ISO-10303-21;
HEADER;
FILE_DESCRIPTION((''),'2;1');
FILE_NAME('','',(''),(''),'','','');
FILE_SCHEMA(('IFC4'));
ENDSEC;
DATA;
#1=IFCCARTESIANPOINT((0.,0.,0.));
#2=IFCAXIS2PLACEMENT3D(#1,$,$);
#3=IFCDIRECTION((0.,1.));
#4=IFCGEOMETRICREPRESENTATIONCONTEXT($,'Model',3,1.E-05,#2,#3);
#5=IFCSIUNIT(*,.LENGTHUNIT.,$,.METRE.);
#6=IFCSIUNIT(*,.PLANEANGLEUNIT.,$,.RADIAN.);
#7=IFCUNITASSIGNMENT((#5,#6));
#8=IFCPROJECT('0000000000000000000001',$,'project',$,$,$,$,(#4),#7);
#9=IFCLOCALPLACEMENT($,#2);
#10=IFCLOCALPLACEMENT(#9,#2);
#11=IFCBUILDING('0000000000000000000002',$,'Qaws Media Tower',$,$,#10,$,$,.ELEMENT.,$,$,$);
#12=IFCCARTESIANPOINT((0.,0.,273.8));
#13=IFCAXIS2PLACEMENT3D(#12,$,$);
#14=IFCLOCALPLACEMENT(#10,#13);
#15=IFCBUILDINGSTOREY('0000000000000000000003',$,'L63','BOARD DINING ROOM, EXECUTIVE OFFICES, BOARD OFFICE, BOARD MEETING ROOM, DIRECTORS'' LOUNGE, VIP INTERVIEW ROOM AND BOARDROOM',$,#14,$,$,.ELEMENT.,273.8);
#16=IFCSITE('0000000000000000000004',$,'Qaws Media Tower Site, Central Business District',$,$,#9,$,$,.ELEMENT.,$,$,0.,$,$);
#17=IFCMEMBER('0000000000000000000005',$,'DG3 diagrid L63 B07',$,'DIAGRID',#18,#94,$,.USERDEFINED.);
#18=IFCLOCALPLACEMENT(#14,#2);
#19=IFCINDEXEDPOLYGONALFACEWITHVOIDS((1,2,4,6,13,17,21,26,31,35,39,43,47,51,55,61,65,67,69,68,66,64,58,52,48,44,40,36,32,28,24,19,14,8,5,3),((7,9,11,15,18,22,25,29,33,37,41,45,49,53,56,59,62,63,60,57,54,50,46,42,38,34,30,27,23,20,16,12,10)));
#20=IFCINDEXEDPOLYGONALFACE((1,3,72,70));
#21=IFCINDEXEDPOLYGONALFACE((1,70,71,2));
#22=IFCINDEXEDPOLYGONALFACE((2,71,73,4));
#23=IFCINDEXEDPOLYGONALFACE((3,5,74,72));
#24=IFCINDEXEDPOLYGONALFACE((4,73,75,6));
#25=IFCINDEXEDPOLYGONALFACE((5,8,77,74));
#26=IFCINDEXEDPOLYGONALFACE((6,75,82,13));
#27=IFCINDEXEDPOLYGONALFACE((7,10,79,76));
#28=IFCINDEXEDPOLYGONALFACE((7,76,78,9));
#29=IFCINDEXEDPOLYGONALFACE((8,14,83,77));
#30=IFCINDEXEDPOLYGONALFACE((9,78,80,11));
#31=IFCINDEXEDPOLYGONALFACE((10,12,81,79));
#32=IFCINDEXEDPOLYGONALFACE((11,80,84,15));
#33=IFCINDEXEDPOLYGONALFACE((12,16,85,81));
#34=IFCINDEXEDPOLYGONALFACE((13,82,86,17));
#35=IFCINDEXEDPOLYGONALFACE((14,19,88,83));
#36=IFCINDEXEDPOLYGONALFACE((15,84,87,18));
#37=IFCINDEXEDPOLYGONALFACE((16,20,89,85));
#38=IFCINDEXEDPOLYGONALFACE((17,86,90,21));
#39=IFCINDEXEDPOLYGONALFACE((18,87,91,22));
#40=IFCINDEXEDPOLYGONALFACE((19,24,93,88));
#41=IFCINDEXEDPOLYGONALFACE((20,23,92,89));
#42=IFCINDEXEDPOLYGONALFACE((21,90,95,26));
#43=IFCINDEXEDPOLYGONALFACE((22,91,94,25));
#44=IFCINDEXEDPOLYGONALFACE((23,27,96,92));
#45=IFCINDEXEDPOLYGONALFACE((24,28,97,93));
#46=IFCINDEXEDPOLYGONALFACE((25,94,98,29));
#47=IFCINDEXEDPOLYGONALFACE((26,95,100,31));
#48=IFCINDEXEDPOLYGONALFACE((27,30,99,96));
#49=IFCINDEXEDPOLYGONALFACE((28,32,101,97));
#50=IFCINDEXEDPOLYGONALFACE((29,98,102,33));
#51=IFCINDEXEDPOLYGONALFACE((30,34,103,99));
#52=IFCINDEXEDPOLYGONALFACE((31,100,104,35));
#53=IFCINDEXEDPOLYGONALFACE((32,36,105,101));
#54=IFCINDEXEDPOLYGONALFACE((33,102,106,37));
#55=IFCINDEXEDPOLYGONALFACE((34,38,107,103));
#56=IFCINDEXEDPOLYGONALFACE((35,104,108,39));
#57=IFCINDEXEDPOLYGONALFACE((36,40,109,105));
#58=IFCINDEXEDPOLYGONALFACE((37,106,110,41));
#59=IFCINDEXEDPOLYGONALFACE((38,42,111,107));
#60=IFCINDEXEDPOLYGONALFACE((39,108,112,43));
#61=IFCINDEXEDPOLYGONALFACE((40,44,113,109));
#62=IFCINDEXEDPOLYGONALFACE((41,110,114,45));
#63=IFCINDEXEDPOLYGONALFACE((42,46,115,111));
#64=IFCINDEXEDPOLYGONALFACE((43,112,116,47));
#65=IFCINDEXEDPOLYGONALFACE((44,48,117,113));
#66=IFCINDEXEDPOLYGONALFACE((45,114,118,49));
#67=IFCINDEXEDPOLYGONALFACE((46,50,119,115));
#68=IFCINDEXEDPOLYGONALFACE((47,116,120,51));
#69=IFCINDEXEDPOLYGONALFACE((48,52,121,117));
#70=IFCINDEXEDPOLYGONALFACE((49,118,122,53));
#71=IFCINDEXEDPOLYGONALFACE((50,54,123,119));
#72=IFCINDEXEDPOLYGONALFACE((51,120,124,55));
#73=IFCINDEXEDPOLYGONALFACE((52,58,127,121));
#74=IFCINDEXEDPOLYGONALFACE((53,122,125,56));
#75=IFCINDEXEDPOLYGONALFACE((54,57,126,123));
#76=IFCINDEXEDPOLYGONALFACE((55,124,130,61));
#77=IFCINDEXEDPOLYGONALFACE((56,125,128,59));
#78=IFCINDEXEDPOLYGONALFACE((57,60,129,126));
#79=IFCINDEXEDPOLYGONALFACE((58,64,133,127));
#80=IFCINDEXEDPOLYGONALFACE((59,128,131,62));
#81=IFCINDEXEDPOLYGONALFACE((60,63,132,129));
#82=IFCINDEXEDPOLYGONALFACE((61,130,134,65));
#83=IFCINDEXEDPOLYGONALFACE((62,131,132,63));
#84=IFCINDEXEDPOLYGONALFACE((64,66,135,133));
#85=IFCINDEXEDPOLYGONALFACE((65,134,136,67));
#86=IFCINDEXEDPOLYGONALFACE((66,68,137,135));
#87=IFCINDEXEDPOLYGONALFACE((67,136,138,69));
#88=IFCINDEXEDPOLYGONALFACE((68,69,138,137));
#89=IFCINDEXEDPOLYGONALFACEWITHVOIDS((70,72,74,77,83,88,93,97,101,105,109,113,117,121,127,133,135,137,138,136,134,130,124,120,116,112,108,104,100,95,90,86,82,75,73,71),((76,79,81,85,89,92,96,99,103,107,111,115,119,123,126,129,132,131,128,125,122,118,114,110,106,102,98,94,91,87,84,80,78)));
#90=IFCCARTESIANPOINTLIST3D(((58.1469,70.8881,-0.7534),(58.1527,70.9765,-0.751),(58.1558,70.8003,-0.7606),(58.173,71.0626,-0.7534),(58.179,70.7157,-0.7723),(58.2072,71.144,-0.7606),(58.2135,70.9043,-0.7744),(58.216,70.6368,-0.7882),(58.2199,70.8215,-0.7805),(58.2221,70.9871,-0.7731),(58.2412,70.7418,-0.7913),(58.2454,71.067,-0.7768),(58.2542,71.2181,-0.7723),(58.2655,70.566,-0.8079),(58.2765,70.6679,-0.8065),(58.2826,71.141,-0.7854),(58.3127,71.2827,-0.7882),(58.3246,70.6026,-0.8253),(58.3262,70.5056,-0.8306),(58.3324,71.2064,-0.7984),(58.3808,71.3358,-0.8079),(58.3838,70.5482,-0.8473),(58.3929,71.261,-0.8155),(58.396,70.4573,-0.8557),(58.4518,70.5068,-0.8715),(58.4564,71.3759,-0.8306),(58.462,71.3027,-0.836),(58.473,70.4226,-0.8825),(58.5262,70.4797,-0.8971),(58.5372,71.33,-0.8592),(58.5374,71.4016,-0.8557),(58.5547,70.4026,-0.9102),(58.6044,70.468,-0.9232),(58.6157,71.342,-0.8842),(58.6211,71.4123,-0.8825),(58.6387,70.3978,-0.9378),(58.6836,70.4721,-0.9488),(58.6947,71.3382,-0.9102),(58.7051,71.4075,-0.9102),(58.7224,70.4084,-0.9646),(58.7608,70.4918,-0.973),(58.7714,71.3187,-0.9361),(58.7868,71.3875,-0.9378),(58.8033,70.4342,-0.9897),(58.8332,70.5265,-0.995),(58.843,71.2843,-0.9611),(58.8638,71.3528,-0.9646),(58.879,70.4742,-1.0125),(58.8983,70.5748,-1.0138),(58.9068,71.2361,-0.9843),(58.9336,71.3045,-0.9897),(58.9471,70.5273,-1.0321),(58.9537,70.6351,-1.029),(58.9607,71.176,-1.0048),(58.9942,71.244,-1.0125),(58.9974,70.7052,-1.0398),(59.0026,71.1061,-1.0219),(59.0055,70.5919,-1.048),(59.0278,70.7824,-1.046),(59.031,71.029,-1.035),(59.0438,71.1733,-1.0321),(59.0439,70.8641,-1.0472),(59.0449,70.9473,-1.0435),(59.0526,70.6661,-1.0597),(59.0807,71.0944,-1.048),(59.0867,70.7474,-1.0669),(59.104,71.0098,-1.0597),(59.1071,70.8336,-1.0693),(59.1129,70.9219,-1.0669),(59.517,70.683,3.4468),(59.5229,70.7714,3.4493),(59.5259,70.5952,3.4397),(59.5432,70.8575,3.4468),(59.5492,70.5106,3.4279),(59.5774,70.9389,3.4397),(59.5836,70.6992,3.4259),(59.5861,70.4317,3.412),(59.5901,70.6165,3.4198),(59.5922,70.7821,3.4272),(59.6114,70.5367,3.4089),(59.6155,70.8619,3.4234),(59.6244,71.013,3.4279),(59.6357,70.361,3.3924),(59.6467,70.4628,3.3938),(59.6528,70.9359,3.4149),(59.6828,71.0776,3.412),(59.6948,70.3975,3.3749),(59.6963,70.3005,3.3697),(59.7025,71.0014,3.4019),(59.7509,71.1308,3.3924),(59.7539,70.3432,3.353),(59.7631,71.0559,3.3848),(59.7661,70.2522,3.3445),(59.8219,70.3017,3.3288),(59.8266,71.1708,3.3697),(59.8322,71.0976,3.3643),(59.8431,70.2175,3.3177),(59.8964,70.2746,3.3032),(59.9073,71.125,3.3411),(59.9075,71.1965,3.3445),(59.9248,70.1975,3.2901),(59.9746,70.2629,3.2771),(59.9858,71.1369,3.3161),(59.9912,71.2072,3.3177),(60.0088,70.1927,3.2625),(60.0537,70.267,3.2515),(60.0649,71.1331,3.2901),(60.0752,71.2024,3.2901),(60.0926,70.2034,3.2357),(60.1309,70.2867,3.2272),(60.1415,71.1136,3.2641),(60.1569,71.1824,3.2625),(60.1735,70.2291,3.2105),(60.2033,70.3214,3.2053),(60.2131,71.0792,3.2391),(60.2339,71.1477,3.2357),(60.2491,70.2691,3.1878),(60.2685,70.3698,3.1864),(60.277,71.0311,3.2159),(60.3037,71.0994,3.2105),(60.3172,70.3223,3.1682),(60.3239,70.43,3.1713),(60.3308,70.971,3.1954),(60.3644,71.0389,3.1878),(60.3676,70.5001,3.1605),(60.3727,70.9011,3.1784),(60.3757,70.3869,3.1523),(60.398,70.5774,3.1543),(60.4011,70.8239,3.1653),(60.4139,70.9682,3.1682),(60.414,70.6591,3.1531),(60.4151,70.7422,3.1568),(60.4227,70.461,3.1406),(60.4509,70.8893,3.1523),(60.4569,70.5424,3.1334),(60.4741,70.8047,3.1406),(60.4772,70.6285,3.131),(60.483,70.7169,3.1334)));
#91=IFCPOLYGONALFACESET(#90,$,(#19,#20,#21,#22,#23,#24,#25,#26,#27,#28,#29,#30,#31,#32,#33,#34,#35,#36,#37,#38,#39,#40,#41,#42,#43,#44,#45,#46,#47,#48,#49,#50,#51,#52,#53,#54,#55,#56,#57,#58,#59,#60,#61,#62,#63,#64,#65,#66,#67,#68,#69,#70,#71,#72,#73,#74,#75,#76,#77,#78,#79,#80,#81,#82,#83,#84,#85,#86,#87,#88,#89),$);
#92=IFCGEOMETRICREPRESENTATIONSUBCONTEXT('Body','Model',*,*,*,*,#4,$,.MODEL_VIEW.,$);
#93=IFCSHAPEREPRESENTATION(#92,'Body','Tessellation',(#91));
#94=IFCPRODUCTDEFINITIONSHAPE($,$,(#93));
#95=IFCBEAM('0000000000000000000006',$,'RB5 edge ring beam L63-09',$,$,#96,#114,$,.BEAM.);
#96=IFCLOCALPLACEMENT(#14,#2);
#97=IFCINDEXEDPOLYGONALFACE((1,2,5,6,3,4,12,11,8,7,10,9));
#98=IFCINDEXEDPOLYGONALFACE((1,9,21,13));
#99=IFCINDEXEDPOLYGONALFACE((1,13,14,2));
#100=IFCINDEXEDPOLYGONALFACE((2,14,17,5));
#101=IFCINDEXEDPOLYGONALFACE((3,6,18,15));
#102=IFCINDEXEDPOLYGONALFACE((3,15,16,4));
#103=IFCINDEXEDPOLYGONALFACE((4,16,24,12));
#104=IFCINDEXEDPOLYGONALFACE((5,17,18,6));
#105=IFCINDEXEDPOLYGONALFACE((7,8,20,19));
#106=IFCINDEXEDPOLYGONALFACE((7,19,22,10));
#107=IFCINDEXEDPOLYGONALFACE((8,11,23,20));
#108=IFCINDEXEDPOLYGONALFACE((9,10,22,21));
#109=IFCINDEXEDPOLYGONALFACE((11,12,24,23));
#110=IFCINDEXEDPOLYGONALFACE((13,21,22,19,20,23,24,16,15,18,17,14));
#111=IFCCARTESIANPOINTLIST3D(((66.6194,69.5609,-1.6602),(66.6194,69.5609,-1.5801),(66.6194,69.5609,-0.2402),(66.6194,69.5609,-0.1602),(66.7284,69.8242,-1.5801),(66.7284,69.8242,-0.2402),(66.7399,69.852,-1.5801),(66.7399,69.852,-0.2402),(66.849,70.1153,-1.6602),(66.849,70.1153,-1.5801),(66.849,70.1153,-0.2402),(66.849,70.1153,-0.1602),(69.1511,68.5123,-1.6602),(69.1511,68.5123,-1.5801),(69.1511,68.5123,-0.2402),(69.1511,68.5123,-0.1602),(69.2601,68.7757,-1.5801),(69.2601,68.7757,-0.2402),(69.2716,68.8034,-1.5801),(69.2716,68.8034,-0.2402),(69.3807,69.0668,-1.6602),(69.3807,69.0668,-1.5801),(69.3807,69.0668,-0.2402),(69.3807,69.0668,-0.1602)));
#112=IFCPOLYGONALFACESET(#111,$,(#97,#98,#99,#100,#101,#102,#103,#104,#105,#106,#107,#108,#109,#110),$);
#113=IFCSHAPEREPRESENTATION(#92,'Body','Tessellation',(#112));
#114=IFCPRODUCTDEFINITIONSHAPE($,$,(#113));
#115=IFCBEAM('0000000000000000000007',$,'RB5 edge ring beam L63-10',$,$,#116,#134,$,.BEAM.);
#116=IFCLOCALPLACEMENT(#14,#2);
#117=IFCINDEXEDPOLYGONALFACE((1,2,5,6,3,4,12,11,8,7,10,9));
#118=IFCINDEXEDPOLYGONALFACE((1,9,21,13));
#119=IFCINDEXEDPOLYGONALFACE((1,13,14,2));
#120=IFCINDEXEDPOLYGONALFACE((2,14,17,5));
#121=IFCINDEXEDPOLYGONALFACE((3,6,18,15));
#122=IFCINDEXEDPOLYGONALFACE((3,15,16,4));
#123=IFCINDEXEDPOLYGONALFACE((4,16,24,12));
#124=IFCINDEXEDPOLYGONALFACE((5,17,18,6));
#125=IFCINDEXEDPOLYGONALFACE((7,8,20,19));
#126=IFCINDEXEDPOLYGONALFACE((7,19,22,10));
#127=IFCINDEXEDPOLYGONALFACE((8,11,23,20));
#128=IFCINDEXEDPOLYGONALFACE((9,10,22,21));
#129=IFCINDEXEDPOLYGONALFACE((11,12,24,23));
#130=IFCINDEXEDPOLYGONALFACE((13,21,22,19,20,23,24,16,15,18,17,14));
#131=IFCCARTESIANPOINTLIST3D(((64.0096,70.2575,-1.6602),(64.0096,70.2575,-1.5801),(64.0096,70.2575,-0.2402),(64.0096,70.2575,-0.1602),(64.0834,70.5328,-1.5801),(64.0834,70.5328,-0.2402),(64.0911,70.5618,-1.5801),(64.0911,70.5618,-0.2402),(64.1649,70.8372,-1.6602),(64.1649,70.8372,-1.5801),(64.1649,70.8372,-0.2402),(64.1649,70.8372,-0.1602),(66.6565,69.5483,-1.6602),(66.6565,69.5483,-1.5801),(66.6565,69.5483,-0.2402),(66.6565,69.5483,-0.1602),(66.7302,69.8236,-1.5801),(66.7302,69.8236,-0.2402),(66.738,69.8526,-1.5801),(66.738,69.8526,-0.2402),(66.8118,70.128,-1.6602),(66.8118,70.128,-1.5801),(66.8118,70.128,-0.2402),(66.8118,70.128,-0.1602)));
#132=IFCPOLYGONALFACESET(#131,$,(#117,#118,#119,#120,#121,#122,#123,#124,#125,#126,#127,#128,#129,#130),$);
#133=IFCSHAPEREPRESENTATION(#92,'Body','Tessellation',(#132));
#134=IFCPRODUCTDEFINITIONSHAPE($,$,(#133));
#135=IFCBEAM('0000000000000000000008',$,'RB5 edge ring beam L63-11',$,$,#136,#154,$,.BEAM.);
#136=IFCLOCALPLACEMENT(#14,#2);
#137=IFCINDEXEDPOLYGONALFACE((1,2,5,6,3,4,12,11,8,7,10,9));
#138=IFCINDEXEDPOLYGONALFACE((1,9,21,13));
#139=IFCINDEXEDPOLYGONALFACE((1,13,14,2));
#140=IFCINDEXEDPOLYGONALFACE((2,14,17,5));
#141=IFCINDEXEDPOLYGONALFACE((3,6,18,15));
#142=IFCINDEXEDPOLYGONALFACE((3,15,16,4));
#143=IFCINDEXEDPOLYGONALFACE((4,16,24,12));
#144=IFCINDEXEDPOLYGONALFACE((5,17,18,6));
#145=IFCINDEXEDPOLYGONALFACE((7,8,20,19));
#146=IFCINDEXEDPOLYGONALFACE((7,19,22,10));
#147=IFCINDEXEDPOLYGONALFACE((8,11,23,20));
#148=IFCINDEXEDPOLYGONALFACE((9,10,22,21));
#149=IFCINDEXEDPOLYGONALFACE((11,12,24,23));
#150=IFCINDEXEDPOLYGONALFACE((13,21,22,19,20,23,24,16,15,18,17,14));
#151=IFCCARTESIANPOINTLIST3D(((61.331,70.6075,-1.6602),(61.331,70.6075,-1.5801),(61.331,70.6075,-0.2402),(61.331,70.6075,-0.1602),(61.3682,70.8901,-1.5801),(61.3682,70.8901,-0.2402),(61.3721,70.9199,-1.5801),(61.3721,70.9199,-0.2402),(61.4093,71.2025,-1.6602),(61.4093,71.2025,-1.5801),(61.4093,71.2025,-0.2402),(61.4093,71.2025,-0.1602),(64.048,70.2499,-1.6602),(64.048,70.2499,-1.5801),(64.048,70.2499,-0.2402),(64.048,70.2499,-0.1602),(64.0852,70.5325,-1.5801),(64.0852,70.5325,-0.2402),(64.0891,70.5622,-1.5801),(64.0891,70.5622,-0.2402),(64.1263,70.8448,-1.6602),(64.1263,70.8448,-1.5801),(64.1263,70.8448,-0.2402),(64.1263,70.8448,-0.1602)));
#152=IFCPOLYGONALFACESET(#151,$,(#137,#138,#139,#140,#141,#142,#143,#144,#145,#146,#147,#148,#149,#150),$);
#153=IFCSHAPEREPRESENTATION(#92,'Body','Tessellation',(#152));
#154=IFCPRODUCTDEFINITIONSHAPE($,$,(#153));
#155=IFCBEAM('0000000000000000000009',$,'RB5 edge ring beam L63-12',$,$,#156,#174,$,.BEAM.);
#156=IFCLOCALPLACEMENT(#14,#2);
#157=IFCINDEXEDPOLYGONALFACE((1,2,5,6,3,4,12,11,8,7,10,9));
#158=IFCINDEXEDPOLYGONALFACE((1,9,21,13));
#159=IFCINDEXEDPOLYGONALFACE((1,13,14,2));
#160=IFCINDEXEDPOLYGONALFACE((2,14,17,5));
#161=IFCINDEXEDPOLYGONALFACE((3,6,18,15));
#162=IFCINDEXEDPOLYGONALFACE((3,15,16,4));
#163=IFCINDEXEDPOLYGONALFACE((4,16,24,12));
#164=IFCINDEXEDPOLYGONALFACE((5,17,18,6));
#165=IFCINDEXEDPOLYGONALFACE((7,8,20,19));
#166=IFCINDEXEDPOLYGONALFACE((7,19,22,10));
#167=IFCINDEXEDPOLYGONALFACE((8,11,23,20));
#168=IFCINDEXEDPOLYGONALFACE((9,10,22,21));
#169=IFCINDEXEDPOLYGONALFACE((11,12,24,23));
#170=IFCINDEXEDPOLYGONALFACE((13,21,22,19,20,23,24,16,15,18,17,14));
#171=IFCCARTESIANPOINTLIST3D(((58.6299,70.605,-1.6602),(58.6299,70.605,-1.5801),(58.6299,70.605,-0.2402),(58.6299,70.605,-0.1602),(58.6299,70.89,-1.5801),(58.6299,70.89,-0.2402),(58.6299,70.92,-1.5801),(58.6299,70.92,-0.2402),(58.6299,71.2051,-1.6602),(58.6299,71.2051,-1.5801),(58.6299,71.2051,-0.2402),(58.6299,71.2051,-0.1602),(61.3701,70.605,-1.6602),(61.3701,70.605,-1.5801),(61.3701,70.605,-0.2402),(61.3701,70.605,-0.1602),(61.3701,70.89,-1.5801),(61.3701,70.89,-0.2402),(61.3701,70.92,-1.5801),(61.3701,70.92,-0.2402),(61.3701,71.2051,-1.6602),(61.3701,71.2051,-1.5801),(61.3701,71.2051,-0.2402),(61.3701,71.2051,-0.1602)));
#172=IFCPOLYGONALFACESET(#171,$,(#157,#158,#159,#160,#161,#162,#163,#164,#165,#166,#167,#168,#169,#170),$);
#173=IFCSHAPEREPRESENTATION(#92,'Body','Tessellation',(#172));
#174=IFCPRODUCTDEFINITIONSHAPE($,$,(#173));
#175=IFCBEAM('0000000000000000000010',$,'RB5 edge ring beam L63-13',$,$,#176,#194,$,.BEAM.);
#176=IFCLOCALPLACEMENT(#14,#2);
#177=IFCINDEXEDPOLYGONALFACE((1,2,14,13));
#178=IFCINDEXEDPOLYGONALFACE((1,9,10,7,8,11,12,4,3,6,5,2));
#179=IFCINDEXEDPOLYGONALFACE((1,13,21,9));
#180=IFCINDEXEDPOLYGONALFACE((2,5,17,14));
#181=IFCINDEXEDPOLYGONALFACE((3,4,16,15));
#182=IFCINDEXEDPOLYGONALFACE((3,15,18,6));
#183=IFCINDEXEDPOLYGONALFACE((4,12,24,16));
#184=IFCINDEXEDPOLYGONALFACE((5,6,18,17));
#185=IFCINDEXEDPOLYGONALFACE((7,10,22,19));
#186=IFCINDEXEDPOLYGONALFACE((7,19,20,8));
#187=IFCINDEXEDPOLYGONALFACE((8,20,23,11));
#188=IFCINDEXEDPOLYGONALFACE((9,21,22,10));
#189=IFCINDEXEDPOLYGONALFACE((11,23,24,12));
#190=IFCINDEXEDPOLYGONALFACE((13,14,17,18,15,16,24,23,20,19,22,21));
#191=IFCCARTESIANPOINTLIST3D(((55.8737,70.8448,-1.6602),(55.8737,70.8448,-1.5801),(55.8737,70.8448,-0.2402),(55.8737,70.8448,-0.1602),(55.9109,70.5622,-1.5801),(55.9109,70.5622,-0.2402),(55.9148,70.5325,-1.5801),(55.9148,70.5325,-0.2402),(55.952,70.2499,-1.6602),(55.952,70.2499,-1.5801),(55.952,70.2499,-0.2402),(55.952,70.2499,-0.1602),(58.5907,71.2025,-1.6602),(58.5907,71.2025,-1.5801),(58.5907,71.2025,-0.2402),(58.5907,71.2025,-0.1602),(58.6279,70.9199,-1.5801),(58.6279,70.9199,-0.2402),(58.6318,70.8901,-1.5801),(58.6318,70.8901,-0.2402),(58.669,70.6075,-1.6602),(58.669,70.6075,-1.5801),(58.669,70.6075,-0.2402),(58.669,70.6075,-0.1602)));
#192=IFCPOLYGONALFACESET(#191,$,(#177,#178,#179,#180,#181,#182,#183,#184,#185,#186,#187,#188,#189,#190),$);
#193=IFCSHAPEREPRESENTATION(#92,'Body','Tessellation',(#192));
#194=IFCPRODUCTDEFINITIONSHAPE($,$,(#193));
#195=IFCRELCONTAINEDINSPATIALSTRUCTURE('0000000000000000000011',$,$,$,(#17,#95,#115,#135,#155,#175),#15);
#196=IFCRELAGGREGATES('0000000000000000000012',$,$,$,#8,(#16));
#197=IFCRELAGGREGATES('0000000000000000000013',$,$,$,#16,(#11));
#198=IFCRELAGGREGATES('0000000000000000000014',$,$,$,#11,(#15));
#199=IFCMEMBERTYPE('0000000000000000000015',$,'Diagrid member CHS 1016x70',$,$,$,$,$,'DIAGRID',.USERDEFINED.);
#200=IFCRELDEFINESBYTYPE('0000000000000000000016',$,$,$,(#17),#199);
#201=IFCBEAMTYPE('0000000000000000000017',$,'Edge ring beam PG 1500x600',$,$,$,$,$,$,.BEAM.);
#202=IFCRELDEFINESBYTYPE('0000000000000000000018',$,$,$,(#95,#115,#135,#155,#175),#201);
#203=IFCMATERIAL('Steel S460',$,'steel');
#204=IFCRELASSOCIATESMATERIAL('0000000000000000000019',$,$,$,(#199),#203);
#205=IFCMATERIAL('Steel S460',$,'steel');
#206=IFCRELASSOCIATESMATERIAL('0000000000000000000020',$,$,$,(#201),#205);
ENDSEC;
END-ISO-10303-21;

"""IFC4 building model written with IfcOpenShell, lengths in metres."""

from ifc_helpers import new_model, si_unit, direction, frame, origin, origin_2d, place, context, subcontext, project, spatial, hollow_circle, i_section, extrude, material, material_profile, profile_set, type_object, element, save


model = new_model("IFC4")

# Units and contexts
model_context = context("Model", 3, precision=1e-05, world=origin(), true_north=direction((0.0, 1.0)))
body_context = subcontext(model_context, "Body", "Model", "MODEL_VIEW")
ifc_project = project(units=[si_unit("LENGTHUNIT", "METRE"), si_unit("PLANEANGLEUNIT", "RADIAN")], contexts=[model_context])

# Site, building, storey
site_placement = place(None, origin())
site = spatial("IfcSite", under=ifc_project, at=site_placement, Name="Qaws Media Tower Site, Central Business District", CompositionType="ELEMENT", RefElevation=0.0)
building_placement = place(site_placement, origin())
building = spatial("IfcBuilding", under=site, at=building_placement, Name="Qaws Media Tower", CompositionType="ELEMENT")
storey_placement = place(building_placement, frame((0.0, 0.0, 273.8)))
storey = spatial("IfcBuildingStorey", under=building, at=storey_placement, Name="L63", Description="BOARD DINING ROOM, EXECUTIVE OFFICES, BOARD OFFICE, BOARD MEETING ROOM, DIRECTORS' LOUNGE, VIP INTERVIEW ROOM AND BOARDROOM", CompositionType="ELEMENT", Elevation=273.8)

# Member
ifc_material_1 = material(Name="Steel S460", Category="steel")
ifc_material_profile_1 = material_profile(ifc_material_1, hollow_circle(Radius=0.5081, WallThickness=0.0701, at=origin_2d()), Name="CHS 1016x70")
ifc_profile_set_1 = profile_set([ifc_material_profile_1], Name="Steel S460")
member_type_1 = type_object("IfcMemberType", Name="Diagrid member CHS 1016x70", ElementType="DIAGRID", PredefinedType="USERDEFINED", material=ifc_profile_set_1)
for number, where, z_axis, x_axis, name in (
    (1, (58.6299, 70.905, -0.9102), (0.309787, -0.046369, 0.949675), (0.14803, 0.988983, 0.0), "DG3 diagrid L63 B07"),
):
    element("IfcMember", number, at=place(storey_placement, frame(where, z_axis=z_axis, x_axis=x_axis)), inside=storey, type_object=member_type_1, Name=name, ObjectType="DIAGRID", PredefinedType="USERDEFINED", context=body_context, shape_type="SweptSolid", body=[
        extrude(hollow_circle(Radius=0.5081, WallThickness=0.0701, at=origin_2d()), origin(), (0.0, 0.0, 1.0), 4.4229),
    ])

# Beams
ifc_material_2 = material(Name="Steel S460", Category="steel")
ifc_material_profile_2 = material_profile(ifc_material_2, i_section(OverallWidth=0.6001, OverallDepth=1.5, WebThickness=0.03, FlangeThickness=0.0801, at=origin_2d()), Name="PG 1500x600")
ifc_profile_set_2 = profile_set([ifc_material_profile_2], Name="Steel S460")
beam_type = type_object("IfcBeamType", Name="Edge ring beam PG 1500x600", PredefinedType="BEAM", material=ifc_profile_set_2)
for number, where, z_axis, x_axis, name in (
    (2, (69.2659, 68.7896, -0.9102), (-0.923892, 0.382653, 0.0), (-0.382653, -0.923892, 0.0), "RB5 edge ring beam L63-09"),
    (3, (66.7341, 69.8381, -0.9102), (-0.965928, 0.25881, 0.0), (-0.25881, -0.965928, 0.0), "RB5 edge ring beam L63-10"),
):
    element("IfcBeam", number, at=place(storey_placement, frame(where, z_axis=z_axis, x_axis=x_axis)), inside=storey, type_object=beam_type, Name=name, PredefinedType="BEAM", context=body_context, shape_type="SweptSolid", body=[
        extrude(i_section(OverallWidth=0.6001, OverallDepth=1.5, WebThickness=0.03, FlangeThickness=0.0801, at=origin_2d()), origin(), (0.0, 0.0, 1.0), 2.7402),
    ])
beam_1_placement = place(storey_placement, frame((64.0872, 70.5474, -0.9102), z_axis=(-0.991447, 0.130512, 0.0), x_axis=(-0.130512, -0.991447, 0.0)))
element("IfcBeam", 4, at=beam_1_placement, inside=storey, type_object=beam_type, Name="RB5 edge ring beam L63-11", PredefinedType="BEAM", context=body_context, shape_type="SweptSolid", body=[
    extrude(i_section(OverallWidth=0.6001, OverallDepth=1.5, WebThickness=0.03, FlangeThickness=0.0801, at=origin_2d()), origin(), (0.0, 0.0, 1.0), 2.7405),
])
beam_2_placement = place(storey_placement, frame((61.3701, 70.905, -0.9102), z_axis=(-1.0, 0.0, 0.0), x_axis=(0.0, -1.0, 0.0)))
element("IfcBeam", 5, at=beam_2_placement, inside=storey, type_object=beam_type, Name="RB5 edge ring beam L63-12", PredefinedType="BEAM", context=body_context, shape_type="SweptSolid", body=[
    extrude(i_section(OverallWidth=0.6001, OverallDepth=1.5, WebThickness=0.03, FlangeThickness=0.0801, at=origin_2d()), origin(), (0.0, 0.0, 1.0), 2.7402),
])
beam_3_placement = place(storey_placement, frame((58.6299, 70.905, -0.9102), z_axis=(-0.991447, -0.130512, 0.0), x_axis=(0.130512, -0.991447, 0.0)))
element("IfcBeam", 6, at=beam_3_placement, inside=storey, type_object=beam_type, Name="RB5 edge ring beam L63-13", PredefinedType="BEAM", context=body_context, shape_type="SweptSolid", body=[
    extrude(i_section(OverallWidth=0.6001, OverallDepth=1.5, WebThickness=0.03, FlangeThickness=0.0801, at=origin_2d()), origin(), (0.0, 0.0, 1.0), 2.7405),
])

save(model, "model.ifc")
